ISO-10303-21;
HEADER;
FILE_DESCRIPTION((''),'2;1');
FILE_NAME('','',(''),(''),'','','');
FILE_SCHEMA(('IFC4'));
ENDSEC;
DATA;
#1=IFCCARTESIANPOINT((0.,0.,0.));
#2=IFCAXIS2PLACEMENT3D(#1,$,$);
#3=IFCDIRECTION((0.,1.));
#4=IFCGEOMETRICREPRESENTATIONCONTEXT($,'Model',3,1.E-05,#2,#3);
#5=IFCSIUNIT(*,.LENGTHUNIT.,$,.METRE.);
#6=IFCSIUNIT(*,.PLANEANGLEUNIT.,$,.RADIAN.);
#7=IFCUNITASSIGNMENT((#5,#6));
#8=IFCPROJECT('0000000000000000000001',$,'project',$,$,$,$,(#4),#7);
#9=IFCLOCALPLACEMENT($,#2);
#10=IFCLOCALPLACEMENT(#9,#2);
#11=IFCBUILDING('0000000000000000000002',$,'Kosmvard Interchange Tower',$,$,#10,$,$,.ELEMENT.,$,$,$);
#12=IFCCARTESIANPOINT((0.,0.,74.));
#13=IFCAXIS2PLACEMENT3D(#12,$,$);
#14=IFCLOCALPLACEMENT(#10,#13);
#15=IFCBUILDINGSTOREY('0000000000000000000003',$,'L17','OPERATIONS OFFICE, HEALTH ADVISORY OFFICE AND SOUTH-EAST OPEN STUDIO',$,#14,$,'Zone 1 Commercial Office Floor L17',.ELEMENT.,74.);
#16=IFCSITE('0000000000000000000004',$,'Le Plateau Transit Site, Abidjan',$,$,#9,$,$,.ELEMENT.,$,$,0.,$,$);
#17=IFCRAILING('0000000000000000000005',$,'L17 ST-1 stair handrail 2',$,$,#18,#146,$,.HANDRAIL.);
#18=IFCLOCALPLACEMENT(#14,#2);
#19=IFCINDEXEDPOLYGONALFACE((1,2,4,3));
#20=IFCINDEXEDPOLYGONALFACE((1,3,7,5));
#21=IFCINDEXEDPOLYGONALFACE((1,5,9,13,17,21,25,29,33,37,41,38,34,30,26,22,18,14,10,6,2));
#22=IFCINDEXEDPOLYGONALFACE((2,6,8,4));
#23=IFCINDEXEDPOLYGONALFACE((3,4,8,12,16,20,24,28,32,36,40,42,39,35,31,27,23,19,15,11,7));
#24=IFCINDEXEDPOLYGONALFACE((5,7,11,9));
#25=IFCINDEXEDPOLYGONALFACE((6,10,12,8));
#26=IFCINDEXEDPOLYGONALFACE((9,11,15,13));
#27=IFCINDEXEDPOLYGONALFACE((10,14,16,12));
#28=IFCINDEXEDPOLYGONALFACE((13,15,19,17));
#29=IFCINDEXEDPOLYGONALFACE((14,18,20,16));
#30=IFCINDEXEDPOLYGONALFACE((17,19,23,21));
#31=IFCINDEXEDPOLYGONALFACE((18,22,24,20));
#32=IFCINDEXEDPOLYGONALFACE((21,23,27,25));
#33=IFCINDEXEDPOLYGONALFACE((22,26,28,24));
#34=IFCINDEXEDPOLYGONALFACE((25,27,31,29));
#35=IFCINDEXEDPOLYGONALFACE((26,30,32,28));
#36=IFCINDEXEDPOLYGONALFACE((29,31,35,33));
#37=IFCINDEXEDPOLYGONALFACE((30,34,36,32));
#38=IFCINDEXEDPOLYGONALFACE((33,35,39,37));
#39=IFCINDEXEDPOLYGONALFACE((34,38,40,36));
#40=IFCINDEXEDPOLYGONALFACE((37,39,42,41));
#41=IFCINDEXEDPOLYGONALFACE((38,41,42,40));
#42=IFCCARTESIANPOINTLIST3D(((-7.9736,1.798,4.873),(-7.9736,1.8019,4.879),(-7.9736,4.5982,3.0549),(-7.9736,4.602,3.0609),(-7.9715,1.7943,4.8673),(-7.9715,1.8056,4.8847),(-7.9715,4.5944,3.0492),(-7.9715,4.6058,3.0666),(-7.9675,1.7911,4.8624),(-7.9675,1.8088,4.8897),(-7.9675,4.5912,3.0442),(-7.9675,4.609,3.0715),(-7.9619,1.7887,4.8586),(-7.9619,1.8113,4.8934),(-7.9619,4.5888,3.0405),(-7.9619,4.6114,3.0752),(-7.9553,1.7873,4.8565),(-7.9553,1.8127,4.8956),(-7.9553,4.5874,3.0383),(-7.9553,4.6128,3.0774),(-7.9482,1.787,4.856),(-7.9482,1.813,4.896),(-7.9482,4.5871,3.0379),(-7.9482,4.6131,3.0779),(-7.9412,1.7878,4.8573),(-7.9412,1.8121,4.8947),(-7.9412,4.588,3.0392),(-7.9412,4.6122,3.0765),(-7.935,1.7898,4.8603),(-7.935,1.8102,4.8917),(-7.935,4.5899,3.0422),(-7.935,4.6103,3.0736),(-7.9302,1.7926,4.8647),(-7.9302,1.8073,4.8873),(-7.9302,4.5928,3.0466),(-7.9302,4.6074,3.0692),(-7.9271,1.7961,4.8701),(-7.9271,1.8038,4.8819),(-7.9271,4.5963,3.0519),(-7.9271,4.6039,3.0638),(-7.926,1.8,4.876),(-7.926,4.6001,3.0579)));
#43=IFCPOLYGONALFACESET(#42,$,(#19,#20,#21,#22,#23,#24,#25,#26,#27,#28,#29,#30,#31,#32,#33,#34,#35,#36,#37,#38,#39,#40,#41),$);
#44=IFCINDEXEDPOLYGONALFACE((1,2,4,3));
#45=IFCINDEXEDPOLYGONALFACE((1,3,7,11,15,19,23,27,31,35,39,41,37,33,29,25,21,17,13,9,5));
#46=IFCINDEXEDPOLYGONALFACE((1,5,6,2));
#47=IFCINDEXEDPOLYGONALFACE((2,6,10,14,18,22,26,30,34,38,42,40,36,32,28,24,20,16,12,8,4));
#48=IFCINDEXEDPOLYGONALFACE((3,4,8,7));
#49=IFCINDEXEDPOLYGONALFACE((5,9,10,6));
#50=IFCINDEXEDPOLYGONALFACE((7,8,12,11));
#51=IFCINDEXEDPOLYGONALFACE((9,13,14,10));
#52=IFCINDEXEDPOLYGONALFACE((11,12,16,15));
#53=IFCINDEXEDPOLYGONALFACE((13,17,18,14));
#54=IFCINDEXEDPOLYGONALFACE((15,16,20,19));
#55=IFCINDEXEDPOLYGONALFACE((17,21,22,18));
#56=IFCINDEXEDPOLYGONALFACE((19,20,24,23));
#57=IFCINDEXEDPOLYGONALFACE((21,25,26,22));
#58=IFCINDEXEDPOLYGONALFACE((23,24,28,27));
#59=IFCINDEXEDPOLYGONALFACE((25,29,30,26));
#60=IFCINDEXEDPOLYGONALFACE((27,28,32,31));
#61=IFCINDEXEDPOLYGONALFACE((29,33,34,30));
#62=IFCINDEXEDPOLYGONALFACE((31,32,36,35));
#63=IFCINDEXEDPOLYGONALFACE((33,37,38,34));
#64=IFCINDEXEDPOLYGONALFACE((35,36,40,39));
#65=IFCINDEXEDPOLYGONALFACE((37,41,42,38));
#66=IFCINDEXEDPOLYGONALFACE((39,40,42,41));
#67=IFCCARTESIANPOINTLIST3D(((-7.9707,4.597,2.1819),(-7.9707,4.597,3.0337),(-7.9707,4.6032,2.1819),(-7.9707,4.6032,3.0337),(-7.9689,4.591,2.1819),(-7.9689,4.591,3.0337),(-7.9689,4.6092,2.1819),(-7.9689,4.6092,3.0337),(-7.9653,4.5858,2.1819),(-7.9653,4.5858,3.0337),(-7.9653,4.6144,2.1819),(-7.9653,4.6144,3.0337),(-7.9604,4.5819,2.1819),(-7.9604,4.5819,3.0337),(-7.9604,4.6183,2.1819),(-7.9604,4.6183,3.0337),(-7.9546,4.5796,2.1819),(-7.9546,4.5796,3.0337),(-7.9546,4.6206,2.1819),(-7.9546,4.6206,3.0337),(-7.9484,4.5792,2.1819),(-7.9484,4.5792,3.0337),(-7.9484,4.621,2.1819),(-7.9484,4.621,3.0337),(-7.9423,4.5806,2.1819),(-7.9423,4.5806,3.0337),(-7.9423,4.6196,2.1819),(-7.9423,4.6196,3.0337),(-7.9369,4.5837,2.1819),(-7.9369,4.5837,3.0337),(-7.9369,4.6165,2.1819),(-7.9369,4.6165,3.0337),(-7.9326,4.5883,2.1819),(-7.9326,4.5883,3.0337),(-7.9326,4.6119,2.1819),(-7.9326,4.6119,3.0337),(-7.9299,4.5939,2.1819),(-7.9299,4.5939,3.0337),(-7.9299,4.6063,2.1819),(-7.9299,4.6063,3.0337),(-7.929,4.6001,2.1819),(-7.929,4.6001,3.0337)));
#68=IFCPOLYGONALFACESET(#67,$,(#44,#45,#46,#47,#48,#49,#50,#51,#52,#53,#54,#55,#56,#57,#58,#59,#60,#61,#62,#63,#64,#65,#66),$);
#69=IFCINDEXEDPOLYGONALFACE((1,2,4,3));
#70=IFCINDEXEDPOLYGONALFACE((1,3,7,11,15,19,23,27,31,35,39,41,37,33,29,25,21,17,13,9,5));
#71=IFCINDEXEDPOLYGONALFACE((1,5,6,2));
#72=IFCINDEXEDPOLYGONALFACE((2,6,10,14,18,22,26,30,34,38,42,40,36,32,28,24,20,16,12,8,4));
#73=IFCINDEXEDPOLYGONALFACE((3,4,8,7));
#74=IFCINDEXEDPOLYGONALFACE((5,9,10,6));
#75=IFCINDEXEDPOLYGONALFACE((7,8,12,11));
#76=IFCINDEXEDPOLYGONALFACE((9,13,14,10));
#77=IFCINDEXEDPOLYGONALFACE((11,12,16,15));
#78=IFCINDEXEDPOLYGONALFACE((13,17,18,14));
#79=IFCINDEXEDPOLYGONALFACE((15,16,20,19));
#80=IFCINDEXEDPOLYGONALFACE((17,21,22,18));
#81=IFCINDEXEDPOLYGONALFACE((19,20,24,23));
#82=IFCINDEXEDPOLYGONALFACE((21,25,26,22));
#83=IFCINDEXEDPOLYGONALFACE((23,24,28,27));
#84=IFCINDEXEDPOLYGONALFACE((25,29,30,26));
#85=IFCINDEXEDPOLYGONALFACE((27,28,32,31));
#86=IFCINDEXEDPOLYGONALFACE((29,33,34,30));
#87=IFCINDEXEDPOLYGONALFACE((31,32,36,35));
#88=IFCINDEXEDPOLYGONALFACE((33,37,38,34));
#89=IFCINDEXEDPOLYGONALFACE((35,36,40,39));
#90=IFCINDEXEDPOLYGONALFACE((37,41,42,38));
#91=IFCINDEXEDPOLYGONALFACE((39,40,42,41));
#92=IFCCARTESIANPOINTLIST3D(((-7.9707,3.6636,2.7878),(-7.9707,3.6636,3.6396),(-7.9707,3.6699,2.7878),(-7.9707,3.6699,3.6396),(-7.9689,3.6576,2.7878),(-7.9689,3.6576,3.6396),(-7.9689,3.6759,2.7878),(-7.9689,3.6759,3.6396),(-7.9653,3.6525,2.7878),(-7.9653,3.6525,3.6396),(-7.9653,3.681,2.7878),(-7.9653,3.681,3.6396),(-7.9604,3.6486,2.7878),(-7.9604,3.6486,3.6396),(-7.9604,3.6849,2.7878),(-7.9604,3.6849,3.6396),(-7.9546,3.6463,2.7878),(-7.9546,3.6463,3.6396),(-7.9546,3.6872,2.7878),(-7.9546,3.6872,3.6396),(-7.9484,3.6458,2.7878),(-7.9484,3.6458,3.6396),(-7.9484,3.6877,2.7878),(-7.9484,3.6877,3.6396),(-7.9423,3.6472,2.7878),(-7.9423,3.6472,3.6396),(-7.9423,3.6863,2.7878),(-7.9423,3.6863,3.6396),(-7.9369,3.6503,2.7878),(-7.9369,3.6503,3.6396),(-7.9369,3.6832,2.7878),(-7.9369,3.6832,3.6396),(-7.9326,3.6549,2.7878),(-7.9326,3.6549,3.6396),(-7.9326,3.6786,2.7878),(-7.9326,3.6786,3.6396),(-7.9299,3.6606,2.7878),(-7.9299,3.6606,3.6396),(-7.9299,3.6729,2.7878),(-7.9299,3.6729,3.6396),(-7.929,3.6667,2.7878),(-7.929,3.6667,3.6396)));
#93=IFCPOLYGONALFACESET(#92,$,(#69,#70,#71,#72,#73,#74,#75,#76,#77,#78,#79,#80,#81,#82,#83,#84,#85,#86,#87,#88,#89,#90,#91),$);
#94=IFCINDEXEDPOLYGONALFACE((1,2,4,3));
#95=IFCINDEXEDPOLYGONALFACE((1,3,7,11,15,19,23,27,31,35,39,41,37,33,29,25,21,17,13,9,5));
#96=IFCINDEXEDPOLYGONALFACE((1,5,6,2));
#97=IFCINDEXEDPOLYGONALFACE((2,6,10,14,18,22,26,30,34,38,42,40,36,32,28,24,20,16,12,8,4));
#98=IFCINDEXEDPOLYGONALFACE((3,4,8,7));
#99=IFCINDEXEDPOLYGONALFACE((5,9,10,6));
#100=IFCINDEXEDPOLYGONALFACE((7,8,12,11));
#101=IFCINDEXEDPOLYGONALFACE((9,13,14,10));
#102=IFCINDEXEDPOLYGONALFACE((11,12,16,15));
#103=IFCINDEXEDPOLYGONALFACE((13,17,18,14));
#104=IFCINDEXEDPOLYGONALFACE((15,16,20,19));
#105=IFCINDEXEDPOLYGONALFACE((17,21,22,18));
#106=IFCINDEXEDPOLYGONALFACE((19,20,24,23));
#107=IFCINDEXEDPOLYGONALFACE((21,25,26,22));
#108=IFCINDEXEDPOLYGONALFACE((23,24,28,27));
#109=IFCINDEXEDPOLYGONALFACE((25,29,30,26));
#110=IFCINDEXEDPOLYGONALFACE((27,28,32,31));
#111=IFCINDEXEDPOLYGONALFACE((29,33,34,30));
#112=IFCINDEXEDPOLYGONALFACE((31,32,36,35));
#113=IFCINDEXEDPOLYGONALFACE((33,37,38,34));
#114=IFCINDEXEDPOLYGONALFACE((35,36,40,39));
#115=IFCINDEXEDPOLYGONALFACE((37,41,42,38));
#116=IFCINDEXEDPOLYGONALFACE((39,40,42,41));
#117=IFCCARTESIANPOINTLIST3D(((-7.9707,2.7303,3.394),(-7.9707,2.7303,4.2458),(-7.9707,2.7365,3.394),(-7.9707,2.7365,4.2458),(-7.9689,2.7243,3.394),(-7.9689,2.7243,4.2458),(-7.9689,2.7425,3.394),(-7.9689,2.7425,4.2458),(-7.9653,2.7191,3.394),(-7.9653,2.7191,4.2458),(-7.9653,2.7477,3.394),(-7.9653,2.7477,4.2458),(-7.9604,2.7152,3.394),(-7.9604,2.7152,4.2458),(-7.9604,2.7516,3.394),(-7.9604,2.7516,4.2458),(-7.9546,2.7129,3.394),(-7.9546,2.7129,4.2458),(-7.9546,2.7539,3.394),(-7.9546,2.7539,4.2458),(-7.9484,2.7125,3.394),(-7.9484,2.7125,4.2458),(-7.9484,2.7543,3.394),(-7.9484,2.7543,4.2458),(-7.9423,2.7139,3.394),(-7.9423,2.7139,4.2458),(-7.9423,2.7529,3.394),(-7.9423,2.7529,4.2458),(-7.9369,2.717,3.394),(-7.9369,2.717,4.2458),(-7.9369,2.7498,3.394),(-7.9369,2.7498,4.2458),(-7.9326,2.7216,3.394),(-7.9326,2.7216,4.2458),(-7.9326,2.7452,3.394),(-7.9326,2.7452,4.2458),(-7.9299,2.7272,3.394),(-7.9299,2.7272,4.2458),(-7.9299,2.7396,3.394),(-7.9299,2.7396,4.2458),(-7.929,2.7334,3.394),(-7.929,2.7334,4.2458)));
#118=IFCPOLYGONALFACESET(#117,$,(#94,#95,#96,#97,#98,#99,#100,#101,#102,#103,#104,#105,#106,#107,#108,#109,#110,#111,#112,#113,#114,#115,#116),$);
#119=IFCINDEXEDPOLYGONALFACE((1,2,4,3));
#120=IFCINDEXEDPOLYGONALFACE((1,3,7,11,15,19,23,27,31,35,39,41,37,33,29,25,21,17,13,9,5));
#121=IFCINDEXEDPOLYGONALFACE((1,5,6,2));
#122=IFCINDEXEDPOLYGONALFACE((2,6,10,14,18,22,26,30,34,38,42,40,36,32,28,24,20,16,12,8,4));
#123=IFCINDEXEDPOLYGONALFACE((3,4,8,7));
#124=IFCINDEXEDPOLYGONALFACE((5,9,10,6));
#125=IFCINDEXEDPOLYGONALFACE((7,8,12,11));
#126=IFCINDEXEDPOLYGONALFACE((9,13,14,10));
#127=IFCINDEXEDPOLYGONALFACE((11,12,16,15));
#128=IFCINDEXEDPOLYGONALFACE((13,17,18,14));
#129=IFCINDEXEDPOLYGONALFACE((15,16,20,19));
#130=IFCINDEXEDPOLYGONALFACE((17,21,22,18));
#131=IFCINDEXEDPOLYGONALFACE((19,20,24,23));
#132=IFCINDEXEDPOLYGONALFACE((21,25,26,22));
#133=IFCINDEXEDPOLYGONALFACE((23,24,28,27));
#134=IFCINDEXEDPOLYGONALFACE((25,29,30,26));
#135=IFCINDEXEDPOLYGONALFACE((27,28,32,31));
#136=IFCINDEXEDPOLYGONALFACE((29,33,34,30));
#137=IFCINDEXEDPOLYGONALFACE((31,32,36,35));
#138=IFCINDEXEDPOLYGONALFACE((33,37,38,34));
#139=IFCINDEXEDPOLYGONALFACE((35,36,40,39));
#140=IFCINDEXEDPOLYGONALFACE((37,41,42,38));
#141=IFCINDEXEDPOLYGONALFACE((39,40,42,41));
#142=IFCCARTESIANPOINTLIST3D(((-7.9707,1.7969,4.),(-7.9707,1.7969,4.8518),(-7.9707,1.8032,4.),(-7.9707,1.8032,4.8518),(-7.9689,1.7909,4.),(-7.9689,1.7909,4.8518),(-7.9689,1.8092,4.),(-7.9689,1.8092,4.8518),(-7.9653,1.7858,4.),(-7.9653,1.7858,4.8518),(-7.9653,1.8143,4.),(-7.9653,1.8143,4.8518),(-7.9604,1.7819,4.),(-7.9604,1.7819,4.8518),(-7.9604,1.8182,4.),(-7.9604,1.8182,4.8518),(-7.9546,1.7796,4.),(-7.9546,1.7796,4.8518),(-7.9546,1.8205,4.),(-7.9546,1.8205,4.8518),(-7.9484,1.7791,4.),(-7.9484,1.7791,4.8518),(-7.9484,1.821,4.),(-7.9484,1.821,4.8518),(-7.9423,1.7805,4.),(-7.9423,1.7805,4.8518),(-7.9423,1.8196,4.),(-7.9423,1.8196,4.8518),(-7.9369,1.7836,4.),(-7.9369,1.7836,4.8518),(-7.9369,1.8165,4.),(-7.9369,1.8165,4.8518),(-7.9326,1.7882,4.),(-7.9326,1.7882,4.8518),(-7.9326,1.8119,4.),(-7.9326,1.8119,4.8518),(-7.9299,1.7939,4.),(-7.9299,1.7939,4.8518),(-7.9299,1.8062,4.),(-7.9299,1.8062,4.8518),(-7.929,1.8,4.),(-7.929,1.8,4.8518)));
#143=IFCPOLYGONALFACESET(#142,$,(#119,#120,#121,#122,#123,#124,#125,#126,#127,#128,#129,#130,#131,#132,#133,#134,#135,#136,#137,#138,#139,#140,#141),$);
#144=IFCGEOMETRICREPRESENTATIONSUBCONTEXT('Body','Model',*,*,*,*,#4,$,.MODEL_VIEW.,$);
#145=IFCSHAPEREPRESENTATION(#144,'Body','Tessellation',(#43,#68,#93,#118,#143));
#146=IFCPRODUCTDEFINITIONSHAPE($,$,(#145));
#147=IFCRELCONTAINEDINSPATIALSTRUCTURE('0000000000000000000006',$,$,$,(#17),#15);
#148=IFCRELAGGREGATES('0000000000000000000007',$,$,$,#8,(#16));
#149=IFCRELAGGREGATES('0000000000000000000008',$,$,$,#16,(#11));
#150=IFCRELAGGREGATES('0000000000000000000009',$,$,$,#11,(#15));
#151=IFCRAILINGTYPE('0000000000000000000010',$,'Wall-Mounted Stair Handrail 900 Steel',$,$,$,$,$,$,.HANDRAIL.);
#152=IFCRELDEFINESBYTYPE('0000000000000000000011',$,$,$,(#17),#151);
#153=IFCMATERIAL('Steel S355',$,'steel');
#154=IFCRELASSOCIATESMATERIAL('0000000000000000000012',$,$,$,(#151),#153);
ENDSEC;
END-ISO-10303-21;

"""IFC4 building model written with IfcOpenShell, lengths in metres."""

from ifc_helpers import new_model, si_unit, direction, frame, origin, origin_2d, place, context, subcontext, project, spatial, circle, extrude, source, transform, mapped, material, type_object, element, save


model = new_model("IFC4")

# Units and contexts
model_context = context("Model", 3, precision=1e-05, world=origin(), true_north=direction((0.0, 1.0)))
body_context = subcontext(model_context, "Body", "Model", "MODEL_VIEW")
ifc_project = project(units=[si_unit("LENGTHUNIT", "METRE"), si_unit("PLANEANGLEUNIT", "RADIAN")], contexts=[model_context])

# Site, building, storey
site_placement = place(None, origin())
site = spatial("IfcSite", under=ifc_project, at=site_placement, Name="Le Plateau Transit Site, Abidjan", CompositionType="ELEMENT", RefElevation=0.0)
building_placement = place(site_placement, origin())
building = spatial("IfcBuilding", under=site, at=building_placement, Name="Kosmvard Interchange Tower", CompositionType="ELEMENT")
storey_placement = place(building_placement, frame((0.0, 0.0, 74.0)))
storey = spatial("IfcBuildingStorey", under=building, at=storey_placement, Name="L17", Description="OPERATIONS OFFICE, HEALTH ADVISORY OFFICE AND SOUTH-EAST OPEN STUDIO", LongName="Zone 1 Commercial Office Floor L17", CompositionType="ELEMENT", Elevation=74.0)

# Shared definitions
ifc_material_1 = material(Name="Steel S355", Category="steel")

# Railing
railing_type_1 = type_object("IfcRailingType", Name="Wall-Mounted Stair Handrail 900 Steel", PredefinedType="HANDRAIL", material=ifc_material_1)
shared_shape_1 = source(origin(), body_context, "Body", "SweptSolid", [
    extrude(circle(Radius=0.0239, at=origin_2d()), frame((0.0, 0.0, 0.876), z_axis=(0.0, -0.838706, 0.544585), x_axis=(1.0, 0.0, 0.0)), (0.0, 0.0, 1.0), 3.3386),
    extrude(circle(Radius=0.021, at=origin_2d()), origin(), (0.0, 0.0, 1.0), 0.8518),
    extrude(circle(Radius=0.021, at=origin_2d()), frame((0.0, -0.9333, 0.606)), (0.0, 0.0, 1.0), 0.8518),
    extrude(circle(Radius=0.021, at=origin_2d()), frame((0.0, -1.8667, 1.2122)), (0.0, 0.0, 1.0), 0.8518),
    extrude(circle(Radius=0.021, at=origin_2d()), frame((0.0, -2.8, 1.8181)), (0.0, 0.0, 1.0), 0.8518),
])
railing_1_placement = place(storey_placement, frame((-7.95, 4.6001, 2.1819)))
element("IfcRailing", 1, at=railing_1_placement, inside=storey, type_object=railing_type_1, Name="L17 ST-1 stair handrail 2", PredefinedType="HANDRAIL", context=body_context, shape_type="MappedRepresentation", body=[
    mapped(shared_shape_1, transform((0.0, 0.0, 0.0), scale=1.0)),
])

save(model, "model.ifc")
